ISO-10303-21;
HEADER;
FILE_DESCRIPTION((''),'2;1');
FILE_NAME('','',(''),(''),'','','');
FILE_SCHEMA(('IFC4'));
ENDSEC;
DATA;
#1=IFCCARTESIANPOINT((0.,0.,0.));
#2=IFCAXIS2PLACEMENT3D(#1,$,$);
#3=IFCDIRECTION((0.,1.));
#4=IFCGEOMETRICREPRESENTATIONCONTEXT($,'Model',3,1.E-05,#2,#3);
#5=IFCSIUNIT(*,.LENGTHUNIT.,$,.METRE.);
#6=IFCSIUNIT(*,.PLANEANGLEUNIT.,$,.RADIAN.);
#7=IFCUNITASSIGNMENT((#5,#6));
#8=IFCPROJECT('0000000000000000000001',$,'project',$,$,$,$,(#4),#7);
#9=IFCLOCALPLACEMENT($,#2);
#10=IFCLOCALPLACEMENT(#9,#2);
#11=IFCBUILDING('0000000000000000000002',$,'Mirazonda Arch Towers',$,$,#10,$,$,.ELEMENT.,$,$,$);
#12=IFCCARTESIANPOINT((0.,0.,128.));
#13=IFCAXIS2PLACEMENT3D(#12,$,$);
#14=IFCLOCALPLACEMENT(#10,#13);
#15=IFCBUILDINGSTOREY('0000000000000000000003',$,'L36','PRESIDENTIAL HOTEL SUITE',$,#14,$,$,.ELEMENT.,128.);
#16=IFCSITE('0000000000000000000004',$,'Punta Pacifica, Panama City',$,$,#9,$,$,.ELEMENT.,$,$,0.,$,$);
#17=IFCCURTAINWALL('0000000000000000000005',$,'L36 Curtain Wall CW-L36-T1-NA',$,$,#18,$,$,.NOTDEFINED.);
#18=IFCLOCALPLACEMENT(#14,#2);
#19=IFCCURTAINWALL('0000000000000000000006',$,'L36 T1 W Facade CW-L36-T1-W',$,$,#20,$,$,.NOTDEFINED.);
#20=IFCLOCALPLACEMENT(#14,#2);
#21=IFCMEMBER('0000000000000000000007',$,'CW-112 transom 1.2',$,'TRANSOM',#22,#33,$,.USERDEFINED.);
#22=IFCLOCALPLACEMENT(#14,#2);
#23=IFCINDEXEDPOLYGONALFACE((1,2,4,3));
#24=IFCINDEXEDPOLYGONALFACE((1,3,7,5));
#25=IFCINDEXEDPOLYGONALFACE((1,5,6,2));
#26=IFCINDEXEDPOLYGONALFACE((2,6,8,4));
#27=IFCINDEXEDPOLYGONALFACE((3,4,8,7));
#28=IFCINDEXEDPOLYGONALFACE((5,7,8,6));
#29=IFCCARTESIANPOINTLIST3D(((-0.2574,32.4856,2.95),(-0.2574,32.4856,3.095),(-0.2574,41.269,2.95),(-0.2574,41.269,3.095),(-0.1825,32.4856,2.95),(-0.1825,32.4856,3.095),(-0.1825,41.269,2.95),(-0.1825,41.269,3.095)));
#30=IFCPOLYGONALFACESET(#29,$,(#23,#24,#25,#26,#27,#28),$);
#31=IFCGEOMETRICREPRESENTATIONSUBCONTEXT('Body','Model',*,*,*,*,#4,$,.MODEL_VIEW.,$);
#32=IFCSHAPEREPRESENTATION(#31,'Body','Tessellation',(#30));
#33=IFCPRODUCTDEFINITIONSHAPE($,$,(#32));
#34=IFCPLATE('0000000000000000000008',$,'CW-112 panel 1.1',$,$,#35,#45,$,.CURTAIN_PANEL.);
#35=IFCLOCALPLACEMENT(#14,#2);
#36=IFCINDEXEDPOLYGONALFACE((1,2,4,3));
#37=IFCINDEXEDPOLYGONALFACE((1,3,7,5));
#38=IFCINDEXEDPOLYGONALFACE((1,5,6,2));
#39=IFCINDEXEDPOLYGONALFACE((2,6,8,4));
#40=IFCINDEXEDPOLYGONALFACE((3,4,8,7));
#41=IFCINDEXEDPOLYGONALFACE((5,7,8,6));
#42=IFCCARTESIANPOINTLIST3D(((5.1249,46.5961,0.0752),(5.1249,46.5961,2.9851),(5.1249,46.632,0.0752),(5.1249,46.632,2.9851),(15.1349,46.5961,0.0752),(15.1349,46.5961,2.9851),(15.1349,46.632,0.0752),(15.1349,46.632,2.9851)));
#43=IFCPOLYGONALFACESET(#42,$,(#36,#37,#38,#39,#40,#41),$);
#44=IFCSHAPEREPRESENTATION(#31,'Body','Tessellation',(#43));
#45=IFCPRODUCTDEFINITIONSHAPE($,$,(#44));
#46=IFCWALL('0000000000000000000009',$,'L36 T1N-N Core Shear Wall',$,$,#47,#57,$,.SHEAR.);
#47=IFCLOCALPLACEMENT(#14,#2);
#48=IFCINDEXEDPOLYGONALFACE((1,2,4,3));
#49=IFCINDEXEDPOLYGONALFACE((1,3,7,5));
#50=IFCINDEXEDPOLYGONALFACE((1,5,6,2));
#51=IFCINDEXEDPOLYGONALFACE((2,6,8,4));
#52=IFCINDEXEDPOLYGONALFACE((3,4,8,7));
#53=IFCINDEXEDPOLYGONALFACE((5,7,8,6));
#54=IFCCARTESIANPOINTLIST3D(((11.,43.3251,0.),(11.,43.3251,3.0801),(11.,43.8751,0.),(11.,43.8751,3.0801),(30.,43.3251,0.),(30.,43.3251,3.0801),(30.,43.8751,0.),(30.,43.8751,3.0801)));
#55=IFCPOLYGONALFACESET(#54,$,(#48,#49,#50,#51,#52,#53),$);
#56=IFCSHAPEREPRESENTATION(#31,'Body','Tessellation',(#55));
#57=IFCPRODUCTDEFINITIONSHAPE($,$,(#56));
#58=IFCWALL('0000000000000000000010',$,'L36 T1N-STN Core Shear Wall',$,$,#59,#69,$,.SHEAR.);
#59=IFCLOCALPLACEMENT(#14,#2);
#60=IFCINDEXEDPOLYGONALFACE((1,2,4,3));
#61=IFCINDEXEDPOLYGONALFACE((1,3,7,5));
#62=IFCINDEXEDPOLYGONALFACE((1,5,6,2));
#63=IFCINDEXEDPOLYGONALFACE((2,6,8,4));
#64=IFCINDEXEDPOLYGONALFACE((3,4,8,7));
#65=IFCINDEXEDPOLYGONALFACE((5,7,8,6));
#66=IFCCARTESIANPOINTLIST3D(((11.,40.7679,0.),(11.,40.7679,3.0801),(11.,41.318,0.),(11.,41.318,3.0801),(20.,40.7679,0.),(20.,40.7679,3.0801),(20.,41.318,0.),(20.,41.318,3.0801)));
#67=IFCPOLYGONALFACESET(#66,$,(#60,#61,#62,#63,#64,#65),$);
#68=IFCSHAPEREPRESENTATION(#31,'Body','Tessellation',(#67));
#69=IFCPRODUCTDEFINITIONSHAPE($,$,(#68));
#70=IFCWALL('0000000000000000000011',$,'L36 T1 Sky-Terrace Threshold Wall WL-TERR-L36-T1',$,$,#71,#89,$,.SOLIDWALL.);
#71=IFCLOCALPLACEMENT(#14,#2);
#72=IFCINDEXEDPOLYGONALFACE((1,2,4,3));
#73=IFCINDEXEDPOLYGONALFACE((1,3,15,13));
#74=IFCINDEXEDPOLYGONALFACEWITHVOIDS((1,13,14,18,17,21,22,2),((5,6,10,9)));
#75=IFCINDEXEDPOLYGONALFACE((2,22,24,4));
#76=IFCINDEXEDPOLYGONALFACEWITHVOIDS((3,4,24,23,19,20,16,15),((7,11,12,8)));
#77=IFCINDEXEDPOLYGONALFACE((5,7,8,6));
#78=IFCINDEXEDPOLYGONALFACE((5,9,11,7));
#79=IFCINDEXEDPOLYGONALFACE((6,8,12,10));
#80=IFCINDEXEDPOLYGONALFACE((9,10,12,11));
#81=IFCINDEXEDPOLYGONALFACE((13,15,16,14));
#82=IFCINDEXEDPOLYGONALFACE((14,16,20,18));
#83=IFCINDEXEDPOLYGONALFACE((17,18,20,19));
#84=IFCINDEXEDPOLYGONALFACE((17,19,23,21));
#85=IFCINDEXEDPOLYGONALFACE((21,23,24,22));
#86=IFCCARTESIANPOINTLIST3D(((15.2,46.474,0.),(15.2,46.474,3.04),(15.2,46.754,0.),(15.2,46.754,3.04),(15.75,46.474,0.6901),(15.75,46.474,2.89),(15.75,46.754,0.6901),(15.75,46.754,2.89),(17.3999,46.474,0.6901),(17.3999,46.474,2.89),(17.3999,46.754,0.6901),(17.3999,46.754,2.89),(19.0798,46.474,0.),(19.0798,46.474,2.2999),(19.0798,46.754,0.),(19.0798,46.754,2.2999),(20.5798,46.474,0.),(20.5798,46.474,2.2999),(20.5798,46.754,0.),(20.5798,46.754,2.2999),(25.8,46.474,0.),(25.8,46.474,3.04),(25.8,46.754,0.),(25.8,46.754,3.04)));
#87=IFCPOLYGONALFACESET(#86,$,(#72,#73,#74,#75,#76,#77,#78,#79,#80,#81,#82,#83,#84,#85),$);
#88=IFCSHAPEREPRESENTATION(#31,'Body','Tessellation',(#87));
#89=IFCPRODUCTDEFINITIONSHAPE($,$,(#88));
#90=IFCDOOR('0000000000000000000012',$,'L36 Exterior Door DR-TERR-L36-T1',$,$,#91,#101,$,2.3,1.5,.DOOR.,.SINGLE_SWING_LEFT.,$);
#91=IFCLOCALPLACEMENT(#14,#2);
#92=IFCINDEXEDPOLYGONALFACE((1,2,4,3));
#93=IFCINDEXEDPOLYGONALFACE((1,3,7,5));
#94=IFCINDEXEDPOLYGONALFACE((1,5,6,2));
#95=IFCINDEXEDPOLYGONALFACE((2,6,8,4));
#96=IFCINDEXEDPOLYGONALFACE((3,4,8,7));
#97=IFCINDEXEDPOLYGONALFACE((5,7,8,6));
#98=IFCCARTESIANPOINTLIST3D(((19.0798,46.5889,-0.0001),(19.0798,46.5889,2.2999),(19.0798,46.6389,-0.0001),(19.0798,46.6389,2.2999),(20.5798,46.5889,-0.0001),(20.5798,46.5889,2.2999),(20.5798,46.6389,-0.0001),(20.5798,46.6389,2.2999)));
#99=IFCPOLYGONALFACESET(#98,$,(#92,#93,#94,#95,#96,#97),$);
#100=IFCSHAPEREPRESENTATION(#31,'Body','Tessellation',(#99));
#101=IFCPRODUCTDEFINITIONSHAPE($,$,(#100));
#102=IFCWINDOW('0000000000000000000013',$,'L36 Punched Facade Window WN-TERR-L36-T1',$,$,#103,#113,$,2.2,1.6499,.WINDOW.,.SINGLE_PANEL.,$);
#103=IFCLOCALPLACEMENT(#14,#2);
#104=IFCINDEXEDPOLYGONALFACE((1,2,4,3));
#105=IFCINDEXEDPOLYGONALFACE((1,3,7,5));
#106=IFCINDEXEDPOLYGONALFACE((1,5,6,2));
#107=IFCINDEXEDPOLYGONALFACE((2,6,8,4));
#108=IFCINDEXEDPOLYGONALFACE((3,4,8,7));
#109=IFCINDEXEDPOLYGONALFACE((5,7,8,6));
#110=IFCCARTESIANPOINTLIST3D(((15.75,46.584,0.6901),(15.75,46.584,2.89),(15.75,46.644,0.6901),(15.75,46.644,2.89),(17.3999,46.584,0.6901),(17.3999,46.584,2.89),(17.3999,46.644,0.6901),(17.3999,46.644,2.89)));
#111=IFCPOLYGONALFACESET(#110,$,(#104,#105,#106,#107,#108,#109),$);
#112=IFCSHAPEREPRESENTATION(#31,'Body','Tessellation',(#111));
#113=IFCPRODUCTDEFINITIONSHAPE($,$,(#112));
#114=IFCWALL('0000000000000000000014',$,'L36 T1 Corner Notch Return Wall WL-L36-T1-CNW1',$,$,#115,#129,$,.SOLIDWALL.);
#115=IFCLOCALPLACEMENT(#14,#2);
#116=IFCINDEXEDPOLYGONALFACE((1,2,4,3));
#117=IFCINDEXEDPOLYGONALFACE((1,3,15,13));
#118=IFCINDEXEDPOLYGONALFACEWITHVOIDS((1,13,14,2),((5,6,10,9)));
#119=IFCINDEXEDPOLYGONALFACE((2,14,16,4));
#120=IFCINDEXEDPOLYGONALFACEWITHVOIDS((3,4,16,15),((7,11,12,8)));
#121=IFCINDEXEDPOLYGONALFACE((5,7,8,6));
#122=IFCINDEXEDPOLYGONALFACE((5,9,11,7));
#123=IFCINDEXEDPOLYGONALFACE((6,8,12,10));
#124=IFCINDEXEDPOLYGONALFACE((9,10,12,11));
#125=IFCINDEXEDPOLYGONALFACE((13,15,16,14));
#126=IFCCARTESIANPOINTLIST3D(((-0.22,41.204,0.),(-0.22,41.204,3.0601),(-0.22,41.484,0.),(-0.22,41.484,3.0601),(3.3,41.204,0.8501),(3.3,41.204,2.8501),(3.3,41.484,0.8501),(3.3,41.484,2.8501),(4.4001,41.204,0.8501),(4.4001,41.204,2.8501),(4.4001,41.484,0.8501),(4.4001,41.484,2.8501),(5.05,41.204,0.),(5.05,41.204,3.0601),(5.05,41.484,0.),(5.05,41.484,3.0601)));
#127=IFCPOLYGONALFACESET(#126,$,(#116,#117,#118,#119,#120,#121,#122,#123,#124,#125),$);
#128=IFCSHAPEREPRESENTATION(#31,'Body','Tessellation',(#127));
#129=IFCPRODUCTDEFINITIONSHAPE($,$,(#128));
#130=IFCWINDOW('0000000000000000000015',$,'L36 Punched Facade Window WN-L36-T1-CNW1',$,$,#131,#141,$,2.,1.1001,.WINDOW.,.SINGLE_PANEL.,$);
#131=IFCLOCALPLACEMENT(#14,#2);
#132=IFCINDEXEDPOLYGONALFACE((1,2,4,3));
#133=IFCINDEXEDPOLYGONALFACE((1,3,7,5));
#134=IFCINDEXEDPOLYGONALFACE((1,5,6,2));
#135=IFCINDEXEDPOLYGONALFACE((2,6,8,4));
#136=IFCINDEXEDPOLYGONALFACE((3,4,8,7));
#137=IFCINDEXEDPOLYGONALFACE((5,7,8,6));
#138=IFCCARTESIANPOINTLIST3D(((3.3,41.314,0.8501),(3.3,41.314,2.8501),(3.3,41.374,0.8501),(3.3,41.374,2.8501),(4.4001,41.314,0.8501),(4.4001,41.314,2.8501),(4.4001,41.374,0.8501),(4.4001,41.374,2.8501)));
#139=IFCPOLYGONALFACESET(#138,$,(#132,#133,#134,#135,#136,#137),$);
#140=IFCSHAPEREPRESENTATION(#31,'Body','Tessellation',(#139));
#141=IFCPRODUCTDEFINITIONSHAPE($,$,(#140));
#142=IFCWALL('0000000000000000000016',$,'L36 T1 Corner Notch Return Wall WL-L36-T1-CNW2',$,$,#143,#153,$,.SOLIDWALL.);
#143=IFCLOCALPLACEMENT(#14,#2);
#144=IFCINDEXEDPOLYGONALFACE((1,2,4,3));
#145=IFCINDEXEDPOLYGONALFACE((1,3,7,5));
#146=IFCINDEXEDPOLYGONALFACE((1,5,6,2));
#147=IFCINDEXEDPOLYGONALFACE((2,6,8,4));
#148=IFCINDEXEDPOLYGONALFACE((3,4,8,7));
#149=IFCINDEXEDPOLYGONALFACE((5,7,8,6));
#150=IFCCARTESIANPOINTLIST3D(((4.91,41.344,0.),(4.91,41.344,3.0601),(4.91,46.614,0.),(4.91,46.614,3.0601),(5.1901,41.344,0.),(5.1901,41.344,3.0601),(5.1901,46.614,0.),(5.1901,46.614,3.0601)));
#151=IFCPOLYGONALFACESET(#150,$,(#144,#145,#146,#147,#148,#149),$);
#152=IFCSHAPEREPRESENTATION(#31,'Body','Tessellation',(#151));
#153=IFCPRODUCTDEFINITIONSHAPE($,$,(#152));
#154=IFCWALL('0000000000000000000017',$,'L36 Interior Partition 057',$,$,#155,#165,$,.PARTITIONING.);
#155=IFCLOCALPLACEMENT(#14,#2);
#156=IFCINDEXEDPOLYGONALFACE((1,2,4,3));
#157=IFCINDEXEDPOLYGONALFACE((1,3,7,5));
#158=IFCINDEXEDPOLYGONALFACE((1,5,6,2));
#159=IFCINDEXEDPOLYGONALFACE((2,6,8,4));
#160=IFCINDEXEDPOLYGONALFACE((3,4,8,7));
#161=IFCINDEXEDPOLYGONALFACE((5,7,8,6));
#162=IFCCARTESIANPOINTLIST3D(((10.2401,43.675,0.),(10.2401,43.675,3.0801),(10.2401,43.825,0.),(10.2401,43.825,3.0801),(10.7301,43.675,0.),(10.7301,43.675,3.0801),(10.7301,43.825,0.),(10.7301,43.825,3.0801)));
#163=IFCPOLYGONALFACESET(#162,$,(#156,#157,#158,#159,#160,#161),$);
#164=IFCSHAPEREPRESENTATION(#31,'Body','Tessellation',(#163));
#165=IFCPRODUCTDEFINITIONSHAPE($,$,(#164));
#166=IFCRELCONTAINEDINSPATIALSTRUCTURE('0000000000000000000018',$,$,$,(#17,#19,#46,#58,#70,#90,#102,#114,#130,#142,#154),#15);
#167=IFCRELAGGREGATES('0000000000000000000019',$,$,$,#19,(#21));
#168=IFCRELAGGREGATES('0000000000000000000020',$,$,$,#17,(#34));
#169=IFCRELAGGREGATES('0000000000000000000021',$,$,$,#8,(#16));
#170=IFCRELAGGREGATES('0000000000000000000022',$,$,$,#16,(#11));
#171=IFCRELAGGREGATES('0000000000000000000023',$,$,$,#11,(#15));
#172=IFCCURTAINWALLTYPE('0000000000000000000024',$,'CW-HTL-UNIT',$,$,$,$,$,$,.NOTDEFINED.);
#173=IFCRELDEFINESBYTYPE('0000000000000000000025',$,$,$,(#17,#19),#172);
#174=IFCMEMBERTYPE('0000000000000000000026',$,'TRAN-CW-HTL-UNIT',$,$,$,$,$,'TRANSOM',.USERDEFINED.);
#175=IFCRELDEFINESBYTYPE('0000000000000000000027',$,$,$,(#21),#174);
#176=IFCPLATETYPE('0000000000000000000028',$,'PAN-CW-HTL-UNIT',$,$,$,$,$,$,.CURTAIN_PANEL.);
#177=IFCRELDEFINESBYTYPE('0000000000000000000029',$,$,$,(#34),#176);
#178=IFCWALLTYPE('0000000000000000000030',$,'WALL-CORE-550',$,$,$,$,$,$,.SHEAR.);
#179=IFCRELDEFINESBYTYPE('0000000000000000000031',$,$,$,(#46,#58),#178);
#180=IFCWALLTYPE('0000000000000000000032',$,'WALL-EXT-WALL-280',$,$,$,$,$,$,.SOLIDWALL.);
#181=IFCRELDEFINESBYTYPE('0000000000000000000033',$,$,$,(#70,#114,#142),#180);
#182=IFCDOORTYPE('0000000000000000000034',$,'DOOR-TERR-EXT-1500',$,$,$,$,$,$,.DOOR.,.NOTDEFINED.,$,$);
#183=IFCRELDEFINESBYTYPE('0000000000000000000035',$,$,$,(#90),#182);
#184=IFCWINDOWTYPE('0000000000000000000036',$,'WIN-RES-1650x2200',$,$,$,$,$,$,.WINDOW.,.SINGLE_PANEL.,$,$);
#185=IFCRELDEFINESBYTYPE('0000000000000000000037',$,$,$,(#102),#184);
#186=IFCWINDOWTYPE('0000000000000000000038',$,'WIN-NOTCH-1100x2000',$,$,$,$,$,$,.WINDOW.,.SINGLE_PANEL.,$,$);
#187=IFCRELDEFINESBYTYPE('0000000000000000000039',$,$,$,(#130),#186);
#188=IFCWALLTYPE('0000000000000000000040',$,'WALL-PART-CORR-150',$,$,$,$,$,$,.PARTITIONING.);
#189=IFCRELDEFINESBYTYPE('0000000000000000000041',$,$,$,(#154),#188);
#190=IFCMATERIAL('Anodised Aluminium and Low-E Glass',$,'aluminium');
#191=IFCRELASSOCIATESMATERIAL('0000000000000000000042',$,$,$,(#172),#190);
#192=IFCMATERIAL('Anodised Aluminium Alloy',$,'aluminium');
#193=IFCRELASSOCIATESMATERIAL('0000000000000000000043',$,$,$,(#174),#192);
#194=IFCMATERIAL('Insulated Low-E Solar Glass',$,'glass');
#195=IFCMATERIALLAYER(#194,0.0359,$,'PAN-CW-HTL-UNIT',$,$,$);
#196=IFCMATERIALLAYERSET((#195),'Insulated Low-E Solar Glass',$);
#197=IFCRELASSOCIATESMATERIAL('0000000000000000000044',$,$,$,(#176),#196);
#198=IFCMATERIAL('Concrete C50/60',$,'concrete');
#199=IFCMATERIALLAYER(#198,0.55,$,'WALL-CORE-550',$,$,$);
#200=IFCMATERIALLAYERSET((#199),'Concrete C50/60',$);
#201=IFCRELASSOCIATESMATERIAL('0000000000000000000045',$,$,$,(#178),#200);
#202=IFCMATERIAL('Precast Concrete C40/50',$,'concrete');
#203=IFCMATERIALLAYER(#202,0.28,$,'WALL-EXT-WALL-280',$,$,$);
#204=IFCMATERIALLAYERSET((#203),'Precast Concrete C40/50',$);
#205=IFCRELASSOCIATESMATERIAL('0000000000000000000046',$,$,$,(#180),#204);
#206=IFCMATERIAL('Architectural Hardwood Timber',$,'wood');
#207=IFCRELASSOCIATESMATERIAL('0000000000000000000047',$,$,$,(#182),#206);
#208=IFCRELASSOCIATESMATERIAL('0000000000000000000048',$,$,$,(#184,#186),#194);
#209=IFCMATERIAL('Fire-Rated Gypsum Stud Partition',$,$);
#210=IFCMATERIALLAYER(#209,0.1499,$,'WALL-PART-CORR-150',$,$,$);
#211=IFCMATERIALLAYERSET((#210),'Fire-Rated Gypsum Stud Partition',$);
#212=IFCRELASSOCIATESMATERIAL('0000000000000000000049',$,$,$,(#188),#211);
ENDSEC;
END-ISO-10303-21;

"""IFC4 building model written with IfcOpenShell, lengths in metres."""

from ifc_helpers import new_model, si_unit, direction, frame, frame_2d, origin, origin_2d, place, context, subcontext, project, spatial, rectangle, extrude, material, layer, layer_set, material_profile, profile_set, type_object, element, fill, aggregate, save


model = new_model("IFC4")

# Units and contexts
model_context = context("Model", 3, precision=1e-05, world=origin(), true_north=direction((0.0, 1.0)))
body_context = subcontext(model_context, "Body", "Model", "MODEL_VIEW")
ifc_project = project(units=[si_unit("LENGTHUNIT", "METRE"), si_unit("PLANEANGLEUNIT", "RADIAN")], contexts=[model_context])

# Site, building, storey
site_placement = place(None, origin())
site = spatial("IfcSite", under=ifc_project, at=site_placement, Name="Punta Pacifica, Panama City", CompositionType="ELEMENT", RefElevation=0.0)
building_placement = place(site_placement, origin())
building = spatial("IfcBuilding", under=site, at=building_placement, Name="Mirazonda Arch Towers", CompositionType="ELEMENT")
storey_placement = place(building_placement, frame((0.0, 0.0, 128.0)))
storey = spatial("IfcBuildingStorey", under=building, at=storey_placement, Name="L36", Description="PRESIDENTIAL HOTEL SUITE", CompositionType="ELEMENT", Elevation=128.0)

# Shared definitions
ifc_material_1 = material(Name="Concrete C50/60", Category="concrete")

# Curtain wall
ifc_material_2 = material(Name="Anodised Aluminium and Low-E Glass", Category="aluminium")
curtain_wall_type = type_object("IfcCurtainWallType", Name="CW-HTL-UNIT", PredefinedType="NOTDEFINED", material=ifc_material_2)
curtain_wall_1_placement = place(storey_placement, origin())
curtain_wall_1 = element("IfcCurtainWall", 1, at=curtain_wall_1_placement, inside=storey, type_object=curtain_wall_type, Name="L36 Curtain Wall CW-L36-T1-NA", PredefinedType="NOTDEFINED")
ifc_material_3 = material(Name="Anodised Aluminium Alloy", Category="aluminium")

# Curtain wall
curtain_wall_2_placement = place(storey_placement, origin())
curtain_wall_2 = element("IfcCurtainWall", 2, at=curtain_wall_2_placement, inside=storey, type_object=curtain_wall_type, Name="L36 T1 W Facade CW-L36-T1-W", PredefinedType="NOTDEFINED")

# Member
ifc_material_profile_1 = material_profile(ifc_material_3, rectangle(XDim=0.075, YDim=0.145, at=origin_2d()), Name="ALU-TRAN-75x145")
ifc_profile_set_1 = profile_set([ifc_material_profile_1], Name="Anodised Aluminium Alloy")
member_type_1 = type_object("IfcMemberType", Name="TRAN-CW-HTL-UNIT", ElementType="TRANSOM", PredefinedType="USERDEFINED", material=ifc_profile_set_1)
member_1_placement = place(storey_placement, frame((-0.22, 41.269, 3.0225), z_axis=(0.0, -1.0, 0.0), x_axis=(1.0, 0.0, 0.0)))
member_1 = element("IfcMember", 3, at=member_1_placement, type_object=member_type_1, Name="CW-112 transom 1.2", ObjectType="TRANSOM", PredefinedType="USERDEFINED", context=body_context, shape_type="SweptSolid", body=[
    extrude(rectangle(XDim=0.075, YDim=0.145, at=origin_2d()), origin(), (0.0, 0.0, 1.0), 8.7834),
])
aggregate(curtain_wall_2, [member_1])

# Plate
ifc_material_4 = material(Name="Insulated Low-E Solar Glass", Category="glass")
ifc_layer_1 = layer(ifc_material_4, 0.0359, Name="PAN-CW-HTL-UNIT")
ifc_layer_set_1 = layer_set([ifc_layer_1], Name="Insulated Low-E Solar Glass")
plate_type = type_object("IfcPlateType", Name="PAN-CW-HTL-UNIT", PredefinedType="CURTAIN_PANEL", material=ifc_layer_set_1)
plate_placement = place(storey_placement, frame((10.1299, 46.614, 0.0752), z_axis=(0.0, 0.0, 1.0), x_axis=(1.0, 0.0, 0.0)))
plate = element("IfcPlate", 4, at=plate_placement, type_object=plate_type, Name="CW-112 panel 1.1", PredefinedType="CURTAIN_PANEL", context=body_context, shape_type="SweptSolid", body=[
    extrude(rectangle(XDim=10.01, YDim=0.0359, at=origin_2d()), origin(), (0.0, 0.0, 1.0), 2.9099),
])
aggregate(curtain_wall_1, [plate])

# Walls
ifc_layer_2 = layer(ifc_material_1, 0.55, Name="WALL-CORE-550")
ifc_layer_set_2 = layer_set([ifc_layer_2], Name="Concrete C50/60")
wall_type_1 = type_object("IfcWallType", Name="WALL-CORE-550", PredefinedType="SHEAR", material=ifc_layer_set_2)
wall_1_placement = place(storey_placement, frame((11.0, 43.6001, 0.0), z_axis=(0.0, 0.0, 1.0), x_axis=(1.0, 0.0, 0.0)))
element("IfcWall", 5, at=wall_1_placement, inside=storey, type_object=wall_type_1, Name="L36 T1N-N Core Shear Wall", PredefinedType="SHEAR", context=body_context, shape_type="SweptSolid", body=[
    extrude(rectangle(XDim=19.0, YDim=0.55, at=frame_2d((9.5, 0.0))), origin(), (0.0, 0.0, 1.0), 3.0801),
])
wall_2_placement = place(storey_placement, frame((11.0, 41.043, 0.0), z_axis=(0.0, 0.0, 1.0), x_axis=(1.0, 0.0, 0.0)))
element("IfcWall", 6, at=wall_2_placement, inside=storey, type_object=wall_type_1, Name="L36 T1N-STN Core Shear Wall", PredefinedType="SHEAR", context=body_context, shape_type="SweptSolid", body=[
    extrude(rectangle(XDim=9.0, YDim=0.55, at=frame_2d((4.5, 0.0))), origin(), (0.0, 0.0, 1.0), 3.0801),
])

# Wall, openings, door, window
ifc_material_5 = material(Name="Precast Concrete C40/50", Category="concrete")
ifc_layer_3 = layer(ifc_material_5, 0.28, Name="WALL-EXT-WALL-280")
ifc_layer_set_3 = layer_set([ifc_layer_3], Name="Precast Concrete C40/50")
wall_type_2 = type_object("IfcWallType", Name="WALL-EXT-WALL-280", PredefinedType="SOLIDWALL", material=ifc_layer_set_3)
wall_3_placement = place(storey_placement, frame((15.2, 46.614, 0.0), z_axis=(0.0, 0.0, 1.0), x_axis=(1.0, 0.0, 0.0)))
wall_3 = element("IfcWall", 7, at=wall_3_placement, inside=storey, type_object=wall_type_2, Name="L36 T1 Sky-Terrace Threshold Wall WL-TERR-L36-T1", PredefinedType="SOLIDWALL", context=body_context, shape_type="SweptSolid", body=[
    extrude(rectangle(XDim=10.6001, YDim=0.28, at=frame_2d((5.3, 0.0))), origin(), (0.0, 0.0, 1.0), 3.04),
])
opening_1_placement = place(wall_3_placement, frame((0.55, 0.0, 0.6899)))
opening_1 = element("IfcOpeningElement", 8, at=opening_1_placement, cuts=wall_3, PredefinedType="OPENING", context=body_context, shape_type="SweptSolid", body=[
    extrude(rectangle(XDim=1.6499, YDim=2.2, at=frame_2d((0.825, 1.1001))), frame((0.0, 0.1499, 0.0), z_axis=(0.0, -1.0, 0.0), x_axis=(1.0, 0.0, 0.0)), (0.0, 0.0, 1.0), 0.3),
])
opening_2_placement = place(wall_3_placement, frame((3.8799, 0.0, 0.0)))
opening_2 = element("IfcOpeningElement", 9, at=opening_2_placement, cuts=wall_3, PredefinedType="OPENING", context=body_context, shape_type="SweptSolid", body=[
    extrude(rectangle(XDim=1.5, YDim=2.3, at=frame_2d((0.75, 1.1499))), frame((0.0, 0.1499, 0.0), z_axis=(0.0, -1.0, 0.0), x_axis=(1.0, 0.0, 0.0)), (0.0, 0.0, 1.0), 0.3),
])
ifc_material_6 = material(Name="Architectural Hardwood Timber", Category="wood")
door_type_1 = type_object("IfcDoorType", Name="DOOR-TERR-EXT-1500", OperationType="NOTDEFINED", PredefinedType="DOOR", material=ifc_material_6)
door_1_placement = place(opening_2_placement, origin())
door_1 = element("IfcDoor", 10, at=door_1_placement, inside=storey, type_object=door_type_1, Name="L36 Exterior Door DR-TERR-L36-T1", OperationType="SINGLE_SWING_LEFT", OverallHeight=2.3, OverallWidth=1.5, PredefinedType="DOOR", context=body_context, shape_type="SweptSolid", body=[
    extrude(rectangle(XDim=1.5, YDim=2.3, at=frame_2d((0.75, 1.1499))), frame((0.0, 0.0249, 0.0), z_axis=(0.0, -1.0, 0.0), x_axis=(1.0, 0.0, 0.0)), (0.0, 0.0, 1.0), 0.05),
])
fill(opening_2, door_1)
window_type_1 = type_object("IfcWindowType", Name="WIN-RES-1650x2200", PartitioningType="SINGLE_PANEL", PredefinedType="WINDOW", material=ifc_material_4)
window_1_placement = place(opening_1_placement, origin())
window_1 = element("IfcWindow", 11, at=window_1_placement, inside=storey, type_object=window_type_1, Name="L36 Punched Facade Window WN-TERR-L36-T1", OverallHeight=2.2, OverallWidth=1.6499, PartitioningType="SINGLE_PANEL", PredefinedType="WINDOW", context=body_context, shape_type="SweptSolid", body=[
    extrude(rectangle(XDim=1.6499, YDim=2.2, at=frame_2d((0.825, 1.1001))), frame((0.0, 0.03, 0.0), z_axis=(0.0, -1.0, 0.0), x_axis=(1.0, 0.0, 0.0)), (0.0, 0.0, 1.0), 0.0601),
])
fill(opening_1, window_1)

# Wall, opening, window
wall_4_placement = place(storey_placement, frame((5.05, 41.344, 0.0), z_axis=(0.0, 0.0, 1.0), x_axis=(-1.0, 0.0, 0.0)))
wall_4 = element("IfcWall", 12, at=wall_4_placement, inside=storey, type_object=wall_type_2, Name="L36 T1 Corner Notch Return Wall WL-L36-T1-CNW1", PredefinedType="SOLIDWALL", context=body_context, shape_type="SweptSolid", body=[
    extrude(rectangle(XDim=5.27, YDim=0.28, at=frame_2d((2.635, 0.0))), origin(), (0.0, 0.0, 1.0), 3.0601),
])
opening_3_placement = place(wall_4_placement, frame((0.6499, 0.0, 0.8501)))
opening_3 = element("IfcOpeningElement", 13, at=opening_3_placement, cuts=wall_4, PredefinedType="OPENING", context=body_context, shape_type="SweptSolid", body=[
    extrude(rectangle(XDim=1.1001, YDim=2.0, at=frame_2d((0.55, 1.0))), frame((0.0, 0.1499, 0.0), z_axis=(0.0, -1.0, 0.0), x_axis=(1.0, 0.0, 0.0)), (0.0, 0.0, 1.0), 0.3),
])
window_type_2 = type_object("IfcWindowType", Name="WIN-NOTCH-1100x2000", PartitioningType="SINGLE_PANEL", PredefinedType="WINDOW", material=ifc_material_4)
window_2_placement = place(opening_3_placement, origin())
window_2 = element("IfcWindow", 14, at=window_2_placement, inside=storey, type_object=window_type_2, Name="L36 Punched Facade Window WN-L36-T1-CNW1", OverallHeight=2.0, OverallWidth=1.1001, PartitioningType="SINGLE_PANEL", PredefinedType="WINDOW", context=body_context, shape_type="SweptSolid", body=[
    extrude(rectangle(XDim=1.1001, YDim=2.0, at=frame_2d((0.55, 1.0))), frame((0.0, 0.03, 0.0), z_axis=(0.0, -1.0, 0.0), x_axis=(1.0, 0.0, 0.0)), (0.0, 0.0, 1.0), 0.0601),
])
fill(opening_3, window_2)

# Walls
wall_5_placement = place(storey_placement, frame((5.05, 46.614, 0.0), z_axis=(0.0, 0.0, 1.0), x_axis=(0.0, -1.0, 0.0)))
element("IfcWall", 15, at=wall_5_placement, inside=storey, type_object=wall_type_2, Name="L36 T1 Corner Notch Return Wall WL-L36-T1-CNW2", PredefinedType="SOLIDWALL", context=body_context, shape_type="SweptSolid", body=[
    extrude(rectangle(XDim=5.27, YDim=0.28, at=frame_2d((2.635, 0.0))), origin(), (0.0, 0.0, 1.0), 3.0601),
])
ifc_material_7 = material(Name="Fire-Rated Gypsum Stud Partition")
ifc_layer_4 = layer(ifc_material_7, 0.1499, Name="WALL-PART-CORR-150")
ifc_layer_set_4 = layer_set([ifc_layer_4], Name="Fire-Rated Gypsum Stud Partition")
wall_type_3 = type_object("IfcWallType", Name="WALL-PART-CORR-150", PredefinedType="PARTITIONING", material=ifc_layer_set_4)
wall_6_placement = place(storey_placement, frame((10.24, 43.75, 0.0), z_axis=(0.0, 0.0, 1.0), x_axis=(1.0, 0.0, 0.0)))
element("IfcWall", 16, at=wall_6_placement, inside=storey, type_object=wall_type_3, Name="L36 Interior Partition 057", PredefinedType="PARTITIONING", context=body_context, shape_type="SweptSolid", body=[
    extrude(rectangle(XDim=0.49, YDim=0.1499, at=frame_2d((0.2451, 0.0))), origin(), (0.0, 0.0, 1.0), 3.0801),
])

save(model, "model.ifc")
